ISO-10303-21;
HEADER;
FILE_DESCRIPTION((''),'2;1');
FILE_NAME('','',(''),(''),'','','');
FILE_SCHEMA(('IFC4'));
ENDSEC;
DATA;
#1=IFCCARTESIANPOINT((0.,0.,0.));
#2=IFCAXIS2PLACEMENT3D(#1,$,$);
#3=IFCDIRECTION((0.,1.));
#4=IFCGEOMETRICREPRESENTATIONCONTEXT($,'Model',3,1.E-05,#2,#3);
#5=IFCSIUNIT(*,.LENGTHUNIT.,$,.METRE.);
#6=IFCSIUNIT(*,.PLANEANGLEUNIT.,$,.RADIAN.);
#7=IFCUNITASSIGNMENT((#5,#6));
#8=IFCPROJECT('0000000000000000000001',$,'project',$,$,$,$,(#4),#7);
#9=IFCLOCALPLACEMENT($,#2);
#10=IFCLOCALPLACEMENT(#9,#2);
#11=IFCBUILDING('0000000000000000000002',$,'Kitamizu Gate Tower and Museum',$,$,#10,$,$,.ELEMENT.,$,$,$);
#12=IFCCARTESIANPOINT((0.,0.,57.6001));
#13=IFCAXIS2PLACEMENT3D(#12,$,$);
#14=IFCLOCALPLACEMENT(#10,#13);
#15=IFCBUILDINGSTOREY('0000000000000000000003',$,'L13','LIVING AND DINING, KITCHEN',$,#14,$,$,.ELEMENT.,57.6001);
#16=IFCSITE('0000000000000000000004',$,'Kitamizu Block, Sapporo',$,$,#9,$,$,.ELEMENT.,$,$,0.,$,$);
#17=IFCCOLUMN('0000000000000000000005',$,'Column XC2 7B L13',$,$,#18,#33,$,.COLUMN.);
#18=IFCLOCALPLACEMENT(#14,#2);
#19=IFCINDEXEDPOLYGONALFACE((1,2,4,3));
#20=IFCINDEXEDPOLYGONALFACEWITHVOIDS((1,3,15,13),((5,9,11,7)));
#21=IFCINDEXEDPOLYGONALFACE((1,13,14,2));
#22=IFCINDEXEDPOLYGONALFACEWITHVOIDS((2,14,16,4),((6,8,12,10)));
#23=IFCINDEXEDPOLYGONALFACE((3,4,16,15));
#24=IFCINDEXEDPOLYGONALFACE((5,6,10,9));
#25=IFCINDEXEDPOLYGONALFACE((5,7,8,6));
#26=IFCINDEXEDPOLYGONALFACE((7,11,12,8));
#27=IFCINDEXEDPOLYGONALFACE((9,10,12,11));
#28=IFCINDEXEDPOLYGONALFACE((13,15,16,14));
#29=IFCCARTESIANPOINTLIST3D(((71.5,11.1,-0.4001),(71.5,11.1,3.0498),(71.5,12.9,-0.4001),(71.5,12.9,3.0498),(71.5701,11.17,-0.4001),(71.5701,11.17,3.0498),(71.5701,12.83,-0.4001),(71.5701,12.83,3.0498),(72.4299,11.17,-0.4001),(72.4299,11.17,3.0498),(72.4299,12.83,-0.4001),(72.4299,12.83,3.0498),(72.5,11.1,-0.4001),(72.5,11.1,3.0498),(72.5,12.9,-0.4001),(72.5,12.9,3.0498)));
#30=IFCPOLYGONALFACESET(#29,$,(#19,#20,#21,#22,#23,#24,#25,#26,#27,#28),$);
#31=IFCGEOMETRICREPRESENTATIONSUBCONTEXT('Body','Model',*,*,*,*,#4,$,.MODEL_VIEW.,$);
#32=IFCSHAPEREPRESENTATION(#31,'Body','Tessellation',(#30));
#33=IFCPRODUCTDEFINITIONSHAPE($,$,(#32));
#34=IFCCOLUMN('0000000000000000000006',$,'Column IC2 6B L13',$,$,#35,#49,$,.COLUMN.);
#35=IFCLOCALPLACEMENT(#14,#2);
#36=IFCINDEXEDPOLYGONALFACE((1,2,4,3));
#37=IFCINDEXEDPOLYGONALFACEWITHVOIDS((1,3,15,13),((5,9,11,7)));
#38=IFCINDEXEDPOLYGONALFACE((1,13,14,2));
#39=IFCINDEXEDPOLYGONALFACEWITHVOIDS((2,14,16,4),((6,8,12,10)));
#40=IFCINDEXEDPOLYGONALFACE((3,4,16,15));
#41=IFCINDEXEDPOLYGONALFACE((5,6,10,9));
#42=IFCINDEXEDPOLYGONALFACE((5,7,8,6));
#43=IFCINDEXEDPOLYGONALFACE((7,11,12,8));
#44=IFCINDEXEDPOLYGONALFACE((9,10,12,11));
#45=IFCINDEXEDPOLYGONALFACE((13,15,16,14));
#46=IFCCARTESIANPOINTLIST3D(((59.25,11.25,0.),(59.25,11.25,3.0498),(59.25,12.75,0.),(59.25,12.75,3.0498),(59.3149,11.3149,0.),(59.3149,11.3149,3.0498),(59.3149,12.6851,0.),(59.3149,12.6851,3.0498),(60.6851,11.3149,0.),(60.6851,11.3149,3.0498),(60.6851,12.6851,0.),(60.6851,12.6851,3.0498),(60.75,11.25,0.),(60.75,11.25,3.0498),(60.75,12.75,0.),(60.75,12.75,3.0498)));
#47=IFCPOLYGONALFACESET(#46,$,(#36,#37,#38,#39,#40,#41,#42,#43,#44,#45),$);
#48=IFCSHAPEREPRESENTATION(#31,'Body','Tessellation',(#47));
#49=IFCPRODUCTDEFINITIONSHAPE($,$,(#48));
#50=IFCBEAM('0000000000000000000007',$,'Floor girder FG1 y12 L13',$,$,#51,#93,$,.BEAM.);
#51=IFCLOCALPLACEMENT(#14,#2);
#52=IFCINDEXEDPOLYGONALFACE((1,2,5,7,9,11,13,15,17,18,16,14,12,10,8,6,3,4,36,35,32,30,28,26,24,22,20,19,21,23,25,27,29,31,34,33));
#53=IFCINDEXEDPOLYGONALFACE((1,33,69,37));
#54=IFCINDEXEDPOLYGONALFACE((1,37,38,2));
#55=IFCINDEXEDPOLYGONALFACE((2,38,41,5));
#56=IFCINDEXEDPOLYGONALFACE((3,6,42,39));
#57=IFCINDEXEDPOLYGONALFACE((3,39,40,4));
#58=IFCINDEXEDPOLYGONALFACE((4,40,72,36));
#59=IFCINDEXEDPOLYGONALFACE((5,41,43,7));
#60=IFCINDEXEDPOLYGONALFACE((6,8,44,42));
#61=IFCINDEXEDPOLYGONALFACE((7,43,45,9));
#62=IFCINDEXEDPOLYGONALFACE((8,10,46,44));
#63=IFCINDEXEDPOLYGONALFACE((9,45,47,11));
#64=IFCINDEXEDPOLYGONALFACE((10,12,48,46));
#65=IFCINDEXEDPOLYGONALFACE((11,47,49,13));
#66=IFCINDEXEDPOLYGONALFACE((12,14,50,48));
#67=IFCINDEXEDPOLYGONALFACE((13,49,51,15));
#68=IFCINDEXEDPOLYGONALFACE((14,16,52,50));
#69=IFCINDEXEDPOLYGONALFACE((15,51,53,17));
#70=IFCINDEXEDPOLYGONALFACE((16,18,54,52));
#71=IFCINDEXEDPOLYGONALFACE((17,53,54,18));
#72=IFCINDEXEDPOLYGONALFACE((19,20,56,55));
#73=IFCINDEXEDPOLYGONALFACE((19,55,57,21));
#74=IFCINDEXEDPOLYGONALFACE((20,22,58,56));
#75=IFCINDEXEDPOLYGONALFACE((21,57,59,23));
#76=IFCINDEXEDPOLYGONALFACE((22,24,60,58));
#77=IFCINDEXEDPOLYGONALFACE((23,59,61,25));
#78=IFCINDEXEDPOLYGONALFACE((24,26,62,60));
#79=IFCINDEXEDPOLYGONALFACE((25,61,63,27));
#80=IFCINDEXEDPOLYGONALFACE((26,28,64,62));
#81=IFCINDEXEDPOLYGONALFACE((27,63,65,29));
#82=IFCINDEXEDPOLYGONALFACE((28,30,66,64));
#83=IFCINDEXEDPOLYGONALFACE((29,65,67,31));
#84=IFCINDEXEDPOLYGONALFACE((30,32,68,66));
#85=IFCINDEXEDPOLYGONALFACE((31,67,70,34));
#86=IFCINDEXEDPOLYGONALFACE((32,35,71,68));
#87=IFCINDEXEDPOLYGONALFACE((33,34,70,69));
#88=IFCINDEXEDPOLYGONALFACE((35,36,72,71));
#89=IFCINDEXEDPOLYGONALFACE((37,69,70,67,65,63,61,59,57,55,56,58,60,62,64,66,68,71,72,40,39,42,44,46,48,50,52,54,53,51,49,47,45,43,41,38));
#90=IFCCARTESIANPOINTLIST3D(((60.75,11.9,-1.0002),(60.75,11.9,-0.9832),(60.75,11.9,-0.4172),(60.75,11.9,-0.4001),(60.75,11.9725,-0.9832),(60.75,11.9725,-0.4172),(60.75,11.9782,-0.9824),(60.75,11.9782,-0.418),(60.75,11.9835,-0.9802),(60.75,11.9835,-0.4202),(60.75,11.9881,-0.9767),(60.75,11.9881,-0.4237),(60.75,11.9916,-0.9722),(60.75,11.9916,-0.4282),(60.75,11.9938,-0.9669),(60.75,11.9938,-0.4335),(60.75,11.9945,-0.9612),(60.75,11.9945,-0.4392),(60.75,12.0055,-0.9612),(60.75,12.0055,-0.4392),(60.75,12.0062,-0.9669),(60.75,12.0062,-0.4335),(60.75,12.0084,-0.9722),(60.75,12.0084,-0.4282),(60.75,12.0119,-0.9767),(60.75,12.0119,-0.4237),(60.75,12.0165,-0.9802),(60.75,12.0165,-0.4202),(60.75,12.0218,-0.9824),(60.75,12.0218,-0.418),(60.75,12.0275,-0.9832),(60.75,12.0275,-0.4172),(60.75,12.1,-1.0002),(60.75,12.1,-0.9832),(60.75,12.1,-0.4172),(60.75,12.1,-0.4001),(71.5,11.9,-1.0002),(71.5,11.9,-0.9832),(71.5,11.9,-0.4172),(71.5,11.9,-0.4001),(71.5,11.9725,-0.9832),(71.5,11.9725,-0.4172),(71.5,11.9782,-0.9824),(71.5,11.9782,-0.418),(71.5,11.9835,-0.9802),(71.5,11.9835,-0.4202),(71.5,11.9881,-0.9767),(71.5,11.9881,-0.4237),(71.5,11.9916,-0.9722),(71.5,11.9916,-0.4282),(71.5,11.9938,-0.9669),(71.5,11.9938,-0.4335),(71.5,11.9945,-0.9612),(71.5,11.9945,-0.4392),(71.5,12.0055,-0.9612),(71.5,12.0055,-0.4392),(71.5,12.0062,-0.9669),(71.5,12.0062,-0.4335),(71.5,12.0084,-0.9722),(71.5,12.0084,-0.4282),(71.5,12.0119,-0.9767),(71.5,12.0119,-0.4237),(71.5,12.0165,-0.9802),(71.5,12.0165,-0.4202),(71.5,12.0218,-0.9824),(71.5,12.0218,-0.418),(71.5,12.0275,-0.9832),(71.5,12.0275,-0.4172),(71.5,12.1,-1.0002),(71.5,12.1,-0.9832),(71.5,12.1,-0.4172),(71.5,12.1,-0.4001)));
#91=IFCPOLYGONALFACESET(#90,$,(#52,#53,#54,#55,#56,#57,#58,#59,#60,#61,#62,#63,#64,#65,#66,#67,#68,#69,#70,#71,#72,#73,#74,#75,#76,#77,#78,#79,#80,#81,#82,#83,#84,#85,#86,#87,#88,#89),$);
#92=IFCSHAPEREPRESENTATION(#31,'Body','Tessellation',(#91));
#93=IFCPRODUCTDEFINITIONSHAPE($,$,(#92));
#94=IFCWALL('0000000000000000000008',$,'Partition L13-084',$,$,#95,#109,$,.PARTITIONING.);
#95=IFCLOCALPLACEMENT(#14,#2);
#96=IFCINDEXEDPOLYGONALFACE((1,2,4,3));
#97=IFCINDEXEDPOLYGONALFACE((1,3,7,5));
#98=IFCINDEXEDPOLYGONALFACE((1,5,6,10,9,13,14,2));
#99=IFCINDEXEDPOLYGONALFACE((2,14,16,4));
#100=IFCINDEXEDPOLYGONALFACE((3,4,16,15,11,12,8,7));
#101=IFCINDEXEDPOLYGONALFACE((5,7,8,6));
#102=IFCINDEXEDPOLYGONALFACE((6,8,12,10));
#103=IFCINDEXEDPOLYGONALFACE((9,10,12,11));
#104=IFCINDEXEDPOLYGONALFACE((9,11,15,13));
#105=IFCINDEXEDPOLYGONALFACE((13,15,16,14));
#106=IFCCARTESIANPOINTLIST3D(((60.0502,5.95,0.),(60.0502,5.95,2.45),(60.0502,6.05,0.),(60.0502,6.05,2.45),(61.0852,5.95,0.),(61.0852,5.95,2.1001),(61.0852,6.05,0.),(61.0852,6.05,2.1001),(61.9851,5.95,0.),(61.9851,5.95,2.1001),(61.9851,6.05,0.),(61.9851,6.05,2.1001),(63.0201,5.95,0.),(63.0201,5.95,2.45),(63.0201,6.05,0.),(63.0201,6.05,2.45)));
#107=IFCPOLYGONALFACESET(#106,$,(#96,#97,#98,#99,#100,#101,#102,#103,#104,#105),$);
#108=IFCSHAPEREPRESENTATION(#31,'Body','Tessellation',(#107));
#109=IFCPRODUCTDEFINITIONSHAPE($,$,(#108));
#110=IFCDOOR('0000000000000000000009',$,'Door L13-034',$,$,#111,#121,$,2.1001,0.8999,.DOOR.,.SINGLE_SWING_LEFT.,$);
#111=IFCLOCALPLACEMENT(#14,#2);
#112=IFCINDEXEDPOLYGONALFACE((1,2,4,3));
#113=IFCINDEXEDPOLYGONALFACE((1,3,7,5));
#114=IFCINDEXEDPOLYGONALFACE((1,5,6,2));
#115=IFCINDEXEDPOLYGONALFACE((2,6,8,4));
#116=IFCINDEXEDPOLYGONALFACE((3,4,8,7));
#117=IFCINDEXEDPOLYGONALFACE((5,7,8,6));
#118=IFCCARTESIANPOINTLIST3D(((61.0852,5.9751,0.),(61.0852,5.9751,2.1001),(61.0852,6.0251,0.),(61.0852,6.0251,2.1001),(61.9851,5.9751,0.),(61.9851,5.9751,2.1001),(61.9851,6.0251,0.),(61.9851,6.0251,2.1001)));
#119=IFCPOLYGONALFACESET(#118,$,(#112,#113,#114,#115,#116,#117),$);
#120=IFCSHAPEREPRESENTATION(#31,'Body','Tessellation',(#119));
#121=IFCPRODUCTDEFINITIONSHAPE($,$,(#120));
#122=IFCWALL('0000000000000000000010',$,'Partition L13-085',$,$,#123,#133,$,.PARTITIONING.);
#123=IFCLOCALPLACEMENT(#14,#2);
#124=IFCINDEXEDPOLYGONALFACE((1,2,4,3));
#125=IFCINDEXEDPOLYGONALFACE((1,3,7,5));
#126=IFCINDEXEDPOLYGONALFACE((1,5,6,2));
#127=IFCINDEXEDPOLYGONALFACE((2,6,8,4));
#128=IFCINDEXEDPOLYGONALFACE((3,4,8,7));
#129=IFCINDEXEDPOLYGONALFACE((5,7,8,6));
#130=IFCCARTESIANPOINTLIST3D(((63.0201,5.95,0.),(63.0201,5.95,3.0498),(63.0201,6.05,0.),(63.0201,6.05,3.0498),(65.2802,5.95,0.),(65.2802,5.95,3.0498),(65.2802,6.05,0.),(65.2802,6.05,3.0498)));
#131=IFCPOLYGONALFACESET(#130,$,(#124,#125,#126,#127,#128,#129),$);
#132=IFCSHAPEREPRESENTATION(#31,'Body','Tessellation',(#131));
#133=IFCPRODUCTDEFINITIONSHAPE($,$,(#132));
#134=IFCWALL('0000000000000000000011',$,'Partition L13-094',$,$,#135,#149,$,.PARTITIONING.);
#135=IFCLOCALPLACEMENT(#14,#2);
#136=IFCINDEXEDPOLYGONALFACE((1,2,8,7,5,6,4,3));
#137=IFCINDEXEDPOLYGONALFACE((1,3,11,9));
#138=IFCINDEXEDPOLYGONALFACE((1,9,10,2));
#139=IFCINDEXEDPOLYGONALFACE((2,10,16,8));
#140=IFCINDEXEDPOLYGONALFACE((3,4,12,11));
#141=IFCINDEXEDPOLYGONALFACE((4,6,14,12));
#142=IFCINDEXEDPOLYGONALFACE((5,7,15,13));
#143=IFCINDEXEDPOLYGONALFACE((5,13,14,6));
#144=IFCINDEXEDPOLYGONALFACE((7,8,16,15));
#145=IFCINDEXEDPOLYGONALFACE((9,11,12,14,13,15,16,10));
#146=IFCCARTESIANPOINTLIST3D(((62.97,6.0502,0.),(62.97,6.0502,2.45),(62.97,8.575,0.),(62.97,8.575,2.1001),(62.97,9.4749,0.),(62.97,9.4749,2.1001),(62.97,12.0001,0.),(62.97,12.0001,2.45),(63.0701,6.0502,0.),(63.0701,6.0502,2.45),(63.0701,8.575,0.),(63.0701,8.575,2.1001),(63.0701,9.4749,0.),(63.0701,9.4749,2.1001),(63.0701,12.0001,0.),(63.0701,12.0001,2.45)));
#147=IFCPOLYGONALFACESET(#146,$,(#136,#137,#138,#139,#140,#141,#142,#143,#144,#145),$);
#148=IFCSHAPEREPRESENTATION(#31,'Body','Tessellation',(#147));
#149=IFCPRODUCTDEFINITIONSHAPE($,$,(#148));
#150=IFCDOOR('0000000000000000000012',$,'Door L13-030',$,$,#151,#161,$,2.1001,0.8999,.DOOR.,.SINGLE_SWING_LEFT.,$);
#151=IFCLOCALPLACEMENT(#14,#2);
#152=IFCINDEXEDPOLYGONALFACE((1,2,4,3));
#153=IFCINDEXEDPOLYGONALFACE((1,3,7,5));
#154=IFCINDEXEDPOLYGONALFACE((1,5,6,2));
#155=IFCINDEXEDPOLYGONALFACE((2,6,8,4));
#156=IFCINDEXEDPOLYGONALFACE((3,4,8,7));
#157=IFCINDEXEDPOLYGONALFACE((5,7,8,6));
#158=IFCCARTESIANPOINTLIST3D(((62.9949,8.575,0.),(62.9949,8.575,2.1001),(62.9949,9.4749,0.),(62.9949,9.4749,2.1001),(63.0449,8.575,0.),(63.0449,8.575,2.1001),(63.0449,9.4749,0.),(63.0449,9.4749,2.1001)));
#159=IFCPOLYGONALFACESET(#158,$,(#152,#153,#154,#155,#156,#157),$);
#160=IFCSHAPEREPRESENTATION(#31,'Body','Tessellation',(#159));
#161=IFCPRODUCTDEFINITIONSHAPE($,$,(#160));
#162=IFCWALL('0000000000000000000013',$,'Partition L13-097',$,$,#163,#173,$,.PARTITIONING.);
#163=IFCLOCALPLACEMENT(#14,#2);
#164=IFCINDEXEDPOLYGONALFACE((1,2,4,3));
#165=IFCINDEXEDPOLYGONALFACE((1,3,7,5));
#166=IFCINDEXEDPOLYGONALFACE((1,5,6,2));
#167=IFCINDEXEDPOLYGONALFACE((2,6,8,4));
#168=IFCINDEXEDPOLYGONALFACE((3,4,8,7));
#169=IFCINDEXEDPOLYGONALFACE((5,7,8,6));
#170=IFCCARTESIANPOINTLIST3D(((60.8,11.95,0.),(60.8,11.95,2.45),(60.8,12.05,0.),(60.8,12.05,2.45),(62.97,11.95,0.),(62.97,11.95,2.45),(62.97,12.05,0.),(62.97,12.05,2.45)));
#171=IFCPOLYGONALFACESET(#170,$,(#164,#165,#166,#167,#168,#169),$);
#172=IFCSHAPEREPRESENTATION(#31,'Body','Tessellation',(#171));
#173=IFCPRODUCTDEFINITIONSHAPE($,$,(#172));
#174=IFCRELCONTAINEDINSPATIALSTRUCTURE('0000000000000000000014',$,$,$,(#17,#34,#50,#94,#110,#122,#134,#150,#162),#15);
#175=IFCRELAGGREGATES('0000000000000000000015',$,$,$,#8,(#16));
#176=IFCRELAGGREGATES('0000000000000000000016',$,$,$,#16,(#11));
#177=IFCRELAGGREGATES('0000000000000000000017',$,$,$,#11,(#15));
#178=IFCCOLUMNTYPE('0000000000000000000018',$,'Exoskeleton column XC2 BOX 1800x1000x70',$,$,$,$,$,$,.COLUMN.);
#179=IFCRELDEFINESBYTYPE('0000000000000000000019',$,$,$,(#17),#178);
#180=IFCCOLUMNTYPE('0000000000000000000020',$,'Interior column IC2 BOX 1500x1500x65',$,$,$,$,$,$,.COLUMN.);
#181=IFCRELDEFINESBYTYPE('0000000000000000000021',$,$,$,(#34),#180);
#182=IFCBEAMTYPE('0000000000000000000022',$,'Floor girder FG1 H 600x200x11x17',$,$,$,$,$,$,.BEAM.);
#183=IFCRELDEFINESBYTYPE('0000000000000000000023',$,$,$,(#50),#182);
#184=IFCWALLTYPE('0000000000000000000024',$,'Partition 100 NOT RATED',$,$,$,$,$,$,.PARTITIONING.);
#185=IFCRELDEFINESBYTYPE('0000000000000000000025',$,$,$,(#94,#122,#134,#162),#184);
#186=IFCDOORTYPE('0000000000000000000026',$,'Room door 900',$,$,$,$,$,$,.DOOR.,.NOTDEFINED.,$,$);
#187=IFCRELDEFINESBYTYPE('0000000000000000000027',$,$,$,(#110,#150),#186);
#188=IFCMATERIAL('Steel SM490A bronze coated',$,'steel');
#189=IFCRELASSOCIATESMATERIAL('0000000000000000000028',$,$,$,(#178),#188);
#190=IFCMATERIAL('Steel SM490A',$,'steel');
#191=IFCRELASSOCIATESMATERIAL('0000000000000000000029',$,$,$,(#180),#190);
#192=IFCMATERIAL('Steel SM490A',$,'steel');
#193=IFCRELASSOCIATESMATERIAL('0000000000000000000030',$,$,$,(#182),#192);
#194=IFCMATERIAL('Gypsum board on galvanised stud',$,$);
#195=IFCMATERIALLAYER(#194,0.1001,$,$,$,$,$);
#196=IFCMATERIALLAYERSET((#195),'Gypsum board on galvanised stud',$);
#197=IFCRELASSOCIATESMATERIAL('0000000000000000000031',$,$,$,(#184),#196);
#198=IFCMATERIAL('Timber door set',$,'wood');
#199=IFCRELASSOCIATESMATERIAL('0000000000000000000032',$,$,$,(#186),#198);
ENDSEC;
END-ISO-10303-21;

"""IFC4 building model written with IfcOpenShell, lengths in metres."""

from ifc_helpers import new_model, si_unit, direction, frame, frame_2d, origin, origin_2d, place, context, subcontext, project, spatial, rectangle, hollow_rectangle, i_section, extrude, material, layer, layer_set, material_profile, profile_set, type_object, element, fill, save


model = new_model("IFC4")

# Units and contexts
model_context = context("Model", 3, precision=1e-05, world=origin(), true_north=direction((0.0, 1.0)))
body_context = subcontext(model_context, "Body", "Model", "MODEL_VIEW")
ifc_project = project(units=[si_unit("LENGTHUNIT", "METRE"), si_unit("PLANEANGLEUNIT", "RADIAN")], contexts=[model_context])

# Site, building, storey
site_placement = place(None, origin())
site = spatial("IfcSite", under=ifc_project, at=site_placement, Name="Kitamizu Block, Sapporo", CompositionType="ELEMENT", RefElevation=0.0)
building_placement = place(site_placement, origin())
building = spatial("IfcBuilding", under=site, at=building_placement, Name="Kitamizu Gate Tower and Museum", CompositionType="ELEMENT")
storey_placement = place(building_placement, frame((0.0, 0.0, 57.6001)))
storey = spatial("IfcBuildingStorey", under=building, at=storey_placement, Name="L13", Description="LIVING AND DINING, KITCHEN", CompositionType="ELEMENT", Elevation=57.6001)

# Columns
ifc_material_1 = material(Name="Steel SM490A bronze coated", Category="steel")
ifc_material_profile_1 = material_profile(ifc_material_1, hollow_rectangle(XDim=1.8, YDim=1.0, WallThickness=0.0701, at=origin_2d()), Name="BOX 1800x1000x70")
ifc_profile_set_1 = profile_set([ifc_material_profile_1], Name="Steel SM490A bronze coated")
column_type_1 = type_object("IfcColumnType", Name="Exoskeleton column XC2 BOX 1800x1000x70", PredefinedType="COLUMN", material=ifc_profile_set_1)
column_1_placement = place(storey_placement, frame((72.0, 12.0, -0.4001), z_axis=(0.0, 0.0, 1.0), x_axis=(0.0, 1.0, 0.0)))
element("IfcColumn", 1, at=column_1_placement, inside=storey, type_object=column_type_1, Name="Column XC2 7B L13", PredefinedType="COLUMN", context=body_context, shape_type="SweptSolid", body=[
    extrude(hollow_rectangle(XDim=1.8, YDim=1.0, WallThickness=0.0701, at=origin_2d()), origin(), (0.0, 0.0, 1.0), 3.45),
])
ifc_material_2 = material(Name="Steel SM490A", Category="steel")
ifc_material_profile_2 = material_profile(ifc_material_2, hollow_rectangle(XDim=1.5, YDim=1.5, WallThickness=0.0649, at=origin_2d()), Name="BOX 1500x1500x65")
ifc_profile_set_2 = profile_set([ifc_material_profile_2], Name="Steel SM490A")
column_type_2 = type_object("IfcColumnType", Name="Interior column IC2 BOX 1500x1500x65", PredefinedType="COLUMN", material=ifc_profile_set_2)
column_2_placement = place(storey_placement, frame((60.0, 12.0, 0.0), z_axis=(0.0, 0.0, 1.0), x_axis=(1.0, 0.0, 0.0)))
element("IfcColumn", 2, at=column_2_placement, inside=storey, type_object=column_type_2, Name="Column IC2 6B L13", PredefinedType="COLUMN", context=body_context, shape_type="SweptSolid", body=[
    extrude(hollow_rectangle(XDim=1.5, YDim=1.5, WallThickness=0.0649, at=origin_2d()), origin(), (0.0, 0.0, 1.0), 3.0498),
])

# Beam
ifc_material_3 = material(Name="Steel SM490A", Category="steel")
ifc_material_profile_3 = material_profile(ifc_material_3, i_section(OverallWidth=0.2, OverallDepth=0.6001, WebThickness=0.011, FlangeThickness=0.0171, FilletRadius=0.022, at=origin_2d()), Name="H-600x200x11x17")
ifc_profile_set_3 = profile_set([ifc_material_profile_3], Name="Steel SM490A")
beam_type = type_object("IfcBeamType", Name="Floor girder FG1 H 600x200x11x17", PredefinedType="BEAM", material=ifc_profile_set_3)
beam_placement = place(storey_placement, frame((60.75, 12.0, -0.7002), z_axis=(1.0, 0.0, 0.0), x_axis=(0.0, 1.0, 0.0)))
element("IfcBeam", 3, at=beam_placement, inside=storey, type_object=beam_type, Name="Floor girder FG1 y12 L13", PredefinedType="BEAM", context=body_context, shape_type="SweptSolid", body=[
    extrude(i_section(OverallWidth=0.2, OverallDepth=0.6001, WebThickness=0.011, FlangeThickness=0.0171, FilletRadius=0.022, at=origin_2d()), origin(), (0.0, 0.0, 1.0), 10.75),
])

# Wall, opening, door
ifc_material_4 = material(Name="Gypsum board on galvanised stud")
ifc_layer_1 = layer(ifc_material_4, 0.1001)
ifc_layer_set_1 = layer_set([ifc_layer_1], Name="Gypsum board on galvanised stud")
wall_type_1 = type_object("IfcWallType", Name="Partition 100 NOT RATED", PredefinedType="PARTITIONING", material=ifc_layer_set_1)
wall_1_placement = place(storey_placement, frame((63.02, 6.0, 0.0), z_axis=(0.0, 0.0, 1.0), x_axis=(-1.0, 0.0, 0.0)))
wall_1 = element("IfcWall", 4, at=wall_1_placement, inside=storey, type_object=wall_type_1, Name="Partition L13-084", PredefinedType="PARTITIONING", context=body_context, shape_type="SweptSolid", body=[
    extrude(rectangle(XDim=2.97, YDim=0.1001, at=frame_2d((1.4849, 0.0))), origin(), (0.0, 0.0, 1.0), 2.45),
])
opening_1_placement = place(wall_1_placement, frame((1.0349, 0.0, 0.0)))
opening_1 = element("IfcOpeningElement", 5, at=opening_1_placement, cuts=wall_1, PredefinedType="OPENING", context=body_context, shape_type="SweptSolid", body=[
    extrude(rectangle(XDim=0.8999, YDim=2.1001, at=frame_2d((0.45, 1.05))), frame((0.0, 0.0601, 0.0), z_axis=(0.0, -1.0, 0.0), x_axis=(1.0, 0.0, 0.0)), (0.0, 0.0, 1.0), 0.1201),
])
ifc_material_5 = material(Name="Timber door set", Category="wood")
door_type = type_object("IfcDoorType", Name="Room door 900", OperationType="NOTDEFINED", PredefinedType="DOOR", material=ifc_material_5)
door_1_placement = place(opening_1_placement, origin())
door_1 = element("IfcDoor", 6, at=door_1_placement, inside=storey, type_object=door_type, Name="Door L13-034", OperationType="SINGLE_SWING_LEFT", OverallHeight=2.1001, OverallWidth=0.8999, PredefinedType="DOOR", context=body_context, shape_type="SweptSolid", body=[
    extrude(rectangle(XDim=0.8999, YDim=2.1001, at=frame_2d((0.45, 1.05))), frame((0.0, 0.0249, 0.0), z_axis=(0.0, -1.0, 0.0), x_axis=(1.0, 0.0, 0.0)), (0.0, 0.0, 1.0), 0.05),
])
fill(opening_1, door_1)

# Wall
wall_2_placement = place(storey_placement, frame((65.28, 6.0, 0.0), z_axis=(0.0, 0.0, 1.0), x_axis=(-1.0, 0.0, 0.0)))
element("IfcWall", 7, at=wall_2_placement, inside=storey, type_object=wall_type_1, Name="Partition L13-085", PredefinedType="PARTITIONING", context=body_context, shape_type="SweptSolid", body=[
    extrude(rectangle(XDim=2.26, YDim=0.1001, at=frame_2d((1.1299, 0.0))), origin(), (0.0, 0.0, 1.0), 3.0498),
])

# Wall, opening, door
wall_3_placement = place(storey_placement, frame((63.02, 6.05, 0.0), z_axis=(0.0, 0.0, 1.0), x_axis=(0.0, 1.0, 0.0)))
wall_3 = element("IfcWall", 8, at=wall_3_placement, inside=storey, type_object=wall_type_1, Name="Partition L13-094", PredefinedType="PARTITIONING", context=body_context, shape_type="SweptSolid", body=[
    extrude(rectangle(XDim=5.95, YDim=0.1001, at=frame_2d((2.9751, 0.0))), origin(), (0.0, 0.0, 1.0), 2.45),
])
opening_2_placement = place(wall_3_placement, frame((2.5249, 0.0, 0.0)))
opening_2 = element("IfcOpeningElement", 9, at=opening_2_placement, cuts=wall_3, PredefinedType="OPENING", context=body_context, shape_type="SweptSolid", body=[
    extrude(rectangle(XDim=0.8999, YDim=2.1001, at=frame_2d((0.45, 1.05))), frame((0.0, 0.0601, 0.0), z_axis=(0.0, -1.0, 0.0), x_axis=(1.0, 0.0, 0.0)), (0.0, 0.0, 1.0), 0.1201),
])
door_2_placement = place(opening_2_placement, frame((0.8999, 0.0, 0.0), x_axis=(-1.0, 0.0, 0.0)))
door_2 = element("IfcDoor", 10, at=door_2_placement, inside=storey, type_object=door_type, Name="Door L13-030", OperationType="SINGLE_SWING_LEFT", OverallHeight=2.1001, OverallWidth=0.8999, PredefinedType="DOOR", context=body_context, shape_type="SweptSolid", body=[
    extrude(rectangle(XDim=0.8999, YDim=2.1001, at=frame_2d((0.45, 1.05))), frame((0.0, 0.0249, 0.0), z_axis=(0.0, -1.0, 0.0), x_axis=(1.0, 0.0, 0.0)), (0.0, 0.0, 1.0), 0.05),
])
fill(opening_2, door_2)

# Wall
wall_4_placement = place(storey_placement, frame((62.97, 12.0, 0.0), z_axis=(0.0, 0.0, 1.0), x_axis=(-1.0, 0.0, 0.0)))
element("IfcWall", 11, at=wall_4_placement, inside=storey, type_object=wall_type_1, Name="Partition L13-097", PredefinedType="PARTITIONING", context=body_context, shape_type="SweptSolid", body=[
    extrude(rectangle(XDim=2.1699, YDim=0.1001, at=frame_2d((1.085, 0.0))), origin(), (0.0, 0.0, 1.0), 2.45),
])

save(model, "model.ifc")
